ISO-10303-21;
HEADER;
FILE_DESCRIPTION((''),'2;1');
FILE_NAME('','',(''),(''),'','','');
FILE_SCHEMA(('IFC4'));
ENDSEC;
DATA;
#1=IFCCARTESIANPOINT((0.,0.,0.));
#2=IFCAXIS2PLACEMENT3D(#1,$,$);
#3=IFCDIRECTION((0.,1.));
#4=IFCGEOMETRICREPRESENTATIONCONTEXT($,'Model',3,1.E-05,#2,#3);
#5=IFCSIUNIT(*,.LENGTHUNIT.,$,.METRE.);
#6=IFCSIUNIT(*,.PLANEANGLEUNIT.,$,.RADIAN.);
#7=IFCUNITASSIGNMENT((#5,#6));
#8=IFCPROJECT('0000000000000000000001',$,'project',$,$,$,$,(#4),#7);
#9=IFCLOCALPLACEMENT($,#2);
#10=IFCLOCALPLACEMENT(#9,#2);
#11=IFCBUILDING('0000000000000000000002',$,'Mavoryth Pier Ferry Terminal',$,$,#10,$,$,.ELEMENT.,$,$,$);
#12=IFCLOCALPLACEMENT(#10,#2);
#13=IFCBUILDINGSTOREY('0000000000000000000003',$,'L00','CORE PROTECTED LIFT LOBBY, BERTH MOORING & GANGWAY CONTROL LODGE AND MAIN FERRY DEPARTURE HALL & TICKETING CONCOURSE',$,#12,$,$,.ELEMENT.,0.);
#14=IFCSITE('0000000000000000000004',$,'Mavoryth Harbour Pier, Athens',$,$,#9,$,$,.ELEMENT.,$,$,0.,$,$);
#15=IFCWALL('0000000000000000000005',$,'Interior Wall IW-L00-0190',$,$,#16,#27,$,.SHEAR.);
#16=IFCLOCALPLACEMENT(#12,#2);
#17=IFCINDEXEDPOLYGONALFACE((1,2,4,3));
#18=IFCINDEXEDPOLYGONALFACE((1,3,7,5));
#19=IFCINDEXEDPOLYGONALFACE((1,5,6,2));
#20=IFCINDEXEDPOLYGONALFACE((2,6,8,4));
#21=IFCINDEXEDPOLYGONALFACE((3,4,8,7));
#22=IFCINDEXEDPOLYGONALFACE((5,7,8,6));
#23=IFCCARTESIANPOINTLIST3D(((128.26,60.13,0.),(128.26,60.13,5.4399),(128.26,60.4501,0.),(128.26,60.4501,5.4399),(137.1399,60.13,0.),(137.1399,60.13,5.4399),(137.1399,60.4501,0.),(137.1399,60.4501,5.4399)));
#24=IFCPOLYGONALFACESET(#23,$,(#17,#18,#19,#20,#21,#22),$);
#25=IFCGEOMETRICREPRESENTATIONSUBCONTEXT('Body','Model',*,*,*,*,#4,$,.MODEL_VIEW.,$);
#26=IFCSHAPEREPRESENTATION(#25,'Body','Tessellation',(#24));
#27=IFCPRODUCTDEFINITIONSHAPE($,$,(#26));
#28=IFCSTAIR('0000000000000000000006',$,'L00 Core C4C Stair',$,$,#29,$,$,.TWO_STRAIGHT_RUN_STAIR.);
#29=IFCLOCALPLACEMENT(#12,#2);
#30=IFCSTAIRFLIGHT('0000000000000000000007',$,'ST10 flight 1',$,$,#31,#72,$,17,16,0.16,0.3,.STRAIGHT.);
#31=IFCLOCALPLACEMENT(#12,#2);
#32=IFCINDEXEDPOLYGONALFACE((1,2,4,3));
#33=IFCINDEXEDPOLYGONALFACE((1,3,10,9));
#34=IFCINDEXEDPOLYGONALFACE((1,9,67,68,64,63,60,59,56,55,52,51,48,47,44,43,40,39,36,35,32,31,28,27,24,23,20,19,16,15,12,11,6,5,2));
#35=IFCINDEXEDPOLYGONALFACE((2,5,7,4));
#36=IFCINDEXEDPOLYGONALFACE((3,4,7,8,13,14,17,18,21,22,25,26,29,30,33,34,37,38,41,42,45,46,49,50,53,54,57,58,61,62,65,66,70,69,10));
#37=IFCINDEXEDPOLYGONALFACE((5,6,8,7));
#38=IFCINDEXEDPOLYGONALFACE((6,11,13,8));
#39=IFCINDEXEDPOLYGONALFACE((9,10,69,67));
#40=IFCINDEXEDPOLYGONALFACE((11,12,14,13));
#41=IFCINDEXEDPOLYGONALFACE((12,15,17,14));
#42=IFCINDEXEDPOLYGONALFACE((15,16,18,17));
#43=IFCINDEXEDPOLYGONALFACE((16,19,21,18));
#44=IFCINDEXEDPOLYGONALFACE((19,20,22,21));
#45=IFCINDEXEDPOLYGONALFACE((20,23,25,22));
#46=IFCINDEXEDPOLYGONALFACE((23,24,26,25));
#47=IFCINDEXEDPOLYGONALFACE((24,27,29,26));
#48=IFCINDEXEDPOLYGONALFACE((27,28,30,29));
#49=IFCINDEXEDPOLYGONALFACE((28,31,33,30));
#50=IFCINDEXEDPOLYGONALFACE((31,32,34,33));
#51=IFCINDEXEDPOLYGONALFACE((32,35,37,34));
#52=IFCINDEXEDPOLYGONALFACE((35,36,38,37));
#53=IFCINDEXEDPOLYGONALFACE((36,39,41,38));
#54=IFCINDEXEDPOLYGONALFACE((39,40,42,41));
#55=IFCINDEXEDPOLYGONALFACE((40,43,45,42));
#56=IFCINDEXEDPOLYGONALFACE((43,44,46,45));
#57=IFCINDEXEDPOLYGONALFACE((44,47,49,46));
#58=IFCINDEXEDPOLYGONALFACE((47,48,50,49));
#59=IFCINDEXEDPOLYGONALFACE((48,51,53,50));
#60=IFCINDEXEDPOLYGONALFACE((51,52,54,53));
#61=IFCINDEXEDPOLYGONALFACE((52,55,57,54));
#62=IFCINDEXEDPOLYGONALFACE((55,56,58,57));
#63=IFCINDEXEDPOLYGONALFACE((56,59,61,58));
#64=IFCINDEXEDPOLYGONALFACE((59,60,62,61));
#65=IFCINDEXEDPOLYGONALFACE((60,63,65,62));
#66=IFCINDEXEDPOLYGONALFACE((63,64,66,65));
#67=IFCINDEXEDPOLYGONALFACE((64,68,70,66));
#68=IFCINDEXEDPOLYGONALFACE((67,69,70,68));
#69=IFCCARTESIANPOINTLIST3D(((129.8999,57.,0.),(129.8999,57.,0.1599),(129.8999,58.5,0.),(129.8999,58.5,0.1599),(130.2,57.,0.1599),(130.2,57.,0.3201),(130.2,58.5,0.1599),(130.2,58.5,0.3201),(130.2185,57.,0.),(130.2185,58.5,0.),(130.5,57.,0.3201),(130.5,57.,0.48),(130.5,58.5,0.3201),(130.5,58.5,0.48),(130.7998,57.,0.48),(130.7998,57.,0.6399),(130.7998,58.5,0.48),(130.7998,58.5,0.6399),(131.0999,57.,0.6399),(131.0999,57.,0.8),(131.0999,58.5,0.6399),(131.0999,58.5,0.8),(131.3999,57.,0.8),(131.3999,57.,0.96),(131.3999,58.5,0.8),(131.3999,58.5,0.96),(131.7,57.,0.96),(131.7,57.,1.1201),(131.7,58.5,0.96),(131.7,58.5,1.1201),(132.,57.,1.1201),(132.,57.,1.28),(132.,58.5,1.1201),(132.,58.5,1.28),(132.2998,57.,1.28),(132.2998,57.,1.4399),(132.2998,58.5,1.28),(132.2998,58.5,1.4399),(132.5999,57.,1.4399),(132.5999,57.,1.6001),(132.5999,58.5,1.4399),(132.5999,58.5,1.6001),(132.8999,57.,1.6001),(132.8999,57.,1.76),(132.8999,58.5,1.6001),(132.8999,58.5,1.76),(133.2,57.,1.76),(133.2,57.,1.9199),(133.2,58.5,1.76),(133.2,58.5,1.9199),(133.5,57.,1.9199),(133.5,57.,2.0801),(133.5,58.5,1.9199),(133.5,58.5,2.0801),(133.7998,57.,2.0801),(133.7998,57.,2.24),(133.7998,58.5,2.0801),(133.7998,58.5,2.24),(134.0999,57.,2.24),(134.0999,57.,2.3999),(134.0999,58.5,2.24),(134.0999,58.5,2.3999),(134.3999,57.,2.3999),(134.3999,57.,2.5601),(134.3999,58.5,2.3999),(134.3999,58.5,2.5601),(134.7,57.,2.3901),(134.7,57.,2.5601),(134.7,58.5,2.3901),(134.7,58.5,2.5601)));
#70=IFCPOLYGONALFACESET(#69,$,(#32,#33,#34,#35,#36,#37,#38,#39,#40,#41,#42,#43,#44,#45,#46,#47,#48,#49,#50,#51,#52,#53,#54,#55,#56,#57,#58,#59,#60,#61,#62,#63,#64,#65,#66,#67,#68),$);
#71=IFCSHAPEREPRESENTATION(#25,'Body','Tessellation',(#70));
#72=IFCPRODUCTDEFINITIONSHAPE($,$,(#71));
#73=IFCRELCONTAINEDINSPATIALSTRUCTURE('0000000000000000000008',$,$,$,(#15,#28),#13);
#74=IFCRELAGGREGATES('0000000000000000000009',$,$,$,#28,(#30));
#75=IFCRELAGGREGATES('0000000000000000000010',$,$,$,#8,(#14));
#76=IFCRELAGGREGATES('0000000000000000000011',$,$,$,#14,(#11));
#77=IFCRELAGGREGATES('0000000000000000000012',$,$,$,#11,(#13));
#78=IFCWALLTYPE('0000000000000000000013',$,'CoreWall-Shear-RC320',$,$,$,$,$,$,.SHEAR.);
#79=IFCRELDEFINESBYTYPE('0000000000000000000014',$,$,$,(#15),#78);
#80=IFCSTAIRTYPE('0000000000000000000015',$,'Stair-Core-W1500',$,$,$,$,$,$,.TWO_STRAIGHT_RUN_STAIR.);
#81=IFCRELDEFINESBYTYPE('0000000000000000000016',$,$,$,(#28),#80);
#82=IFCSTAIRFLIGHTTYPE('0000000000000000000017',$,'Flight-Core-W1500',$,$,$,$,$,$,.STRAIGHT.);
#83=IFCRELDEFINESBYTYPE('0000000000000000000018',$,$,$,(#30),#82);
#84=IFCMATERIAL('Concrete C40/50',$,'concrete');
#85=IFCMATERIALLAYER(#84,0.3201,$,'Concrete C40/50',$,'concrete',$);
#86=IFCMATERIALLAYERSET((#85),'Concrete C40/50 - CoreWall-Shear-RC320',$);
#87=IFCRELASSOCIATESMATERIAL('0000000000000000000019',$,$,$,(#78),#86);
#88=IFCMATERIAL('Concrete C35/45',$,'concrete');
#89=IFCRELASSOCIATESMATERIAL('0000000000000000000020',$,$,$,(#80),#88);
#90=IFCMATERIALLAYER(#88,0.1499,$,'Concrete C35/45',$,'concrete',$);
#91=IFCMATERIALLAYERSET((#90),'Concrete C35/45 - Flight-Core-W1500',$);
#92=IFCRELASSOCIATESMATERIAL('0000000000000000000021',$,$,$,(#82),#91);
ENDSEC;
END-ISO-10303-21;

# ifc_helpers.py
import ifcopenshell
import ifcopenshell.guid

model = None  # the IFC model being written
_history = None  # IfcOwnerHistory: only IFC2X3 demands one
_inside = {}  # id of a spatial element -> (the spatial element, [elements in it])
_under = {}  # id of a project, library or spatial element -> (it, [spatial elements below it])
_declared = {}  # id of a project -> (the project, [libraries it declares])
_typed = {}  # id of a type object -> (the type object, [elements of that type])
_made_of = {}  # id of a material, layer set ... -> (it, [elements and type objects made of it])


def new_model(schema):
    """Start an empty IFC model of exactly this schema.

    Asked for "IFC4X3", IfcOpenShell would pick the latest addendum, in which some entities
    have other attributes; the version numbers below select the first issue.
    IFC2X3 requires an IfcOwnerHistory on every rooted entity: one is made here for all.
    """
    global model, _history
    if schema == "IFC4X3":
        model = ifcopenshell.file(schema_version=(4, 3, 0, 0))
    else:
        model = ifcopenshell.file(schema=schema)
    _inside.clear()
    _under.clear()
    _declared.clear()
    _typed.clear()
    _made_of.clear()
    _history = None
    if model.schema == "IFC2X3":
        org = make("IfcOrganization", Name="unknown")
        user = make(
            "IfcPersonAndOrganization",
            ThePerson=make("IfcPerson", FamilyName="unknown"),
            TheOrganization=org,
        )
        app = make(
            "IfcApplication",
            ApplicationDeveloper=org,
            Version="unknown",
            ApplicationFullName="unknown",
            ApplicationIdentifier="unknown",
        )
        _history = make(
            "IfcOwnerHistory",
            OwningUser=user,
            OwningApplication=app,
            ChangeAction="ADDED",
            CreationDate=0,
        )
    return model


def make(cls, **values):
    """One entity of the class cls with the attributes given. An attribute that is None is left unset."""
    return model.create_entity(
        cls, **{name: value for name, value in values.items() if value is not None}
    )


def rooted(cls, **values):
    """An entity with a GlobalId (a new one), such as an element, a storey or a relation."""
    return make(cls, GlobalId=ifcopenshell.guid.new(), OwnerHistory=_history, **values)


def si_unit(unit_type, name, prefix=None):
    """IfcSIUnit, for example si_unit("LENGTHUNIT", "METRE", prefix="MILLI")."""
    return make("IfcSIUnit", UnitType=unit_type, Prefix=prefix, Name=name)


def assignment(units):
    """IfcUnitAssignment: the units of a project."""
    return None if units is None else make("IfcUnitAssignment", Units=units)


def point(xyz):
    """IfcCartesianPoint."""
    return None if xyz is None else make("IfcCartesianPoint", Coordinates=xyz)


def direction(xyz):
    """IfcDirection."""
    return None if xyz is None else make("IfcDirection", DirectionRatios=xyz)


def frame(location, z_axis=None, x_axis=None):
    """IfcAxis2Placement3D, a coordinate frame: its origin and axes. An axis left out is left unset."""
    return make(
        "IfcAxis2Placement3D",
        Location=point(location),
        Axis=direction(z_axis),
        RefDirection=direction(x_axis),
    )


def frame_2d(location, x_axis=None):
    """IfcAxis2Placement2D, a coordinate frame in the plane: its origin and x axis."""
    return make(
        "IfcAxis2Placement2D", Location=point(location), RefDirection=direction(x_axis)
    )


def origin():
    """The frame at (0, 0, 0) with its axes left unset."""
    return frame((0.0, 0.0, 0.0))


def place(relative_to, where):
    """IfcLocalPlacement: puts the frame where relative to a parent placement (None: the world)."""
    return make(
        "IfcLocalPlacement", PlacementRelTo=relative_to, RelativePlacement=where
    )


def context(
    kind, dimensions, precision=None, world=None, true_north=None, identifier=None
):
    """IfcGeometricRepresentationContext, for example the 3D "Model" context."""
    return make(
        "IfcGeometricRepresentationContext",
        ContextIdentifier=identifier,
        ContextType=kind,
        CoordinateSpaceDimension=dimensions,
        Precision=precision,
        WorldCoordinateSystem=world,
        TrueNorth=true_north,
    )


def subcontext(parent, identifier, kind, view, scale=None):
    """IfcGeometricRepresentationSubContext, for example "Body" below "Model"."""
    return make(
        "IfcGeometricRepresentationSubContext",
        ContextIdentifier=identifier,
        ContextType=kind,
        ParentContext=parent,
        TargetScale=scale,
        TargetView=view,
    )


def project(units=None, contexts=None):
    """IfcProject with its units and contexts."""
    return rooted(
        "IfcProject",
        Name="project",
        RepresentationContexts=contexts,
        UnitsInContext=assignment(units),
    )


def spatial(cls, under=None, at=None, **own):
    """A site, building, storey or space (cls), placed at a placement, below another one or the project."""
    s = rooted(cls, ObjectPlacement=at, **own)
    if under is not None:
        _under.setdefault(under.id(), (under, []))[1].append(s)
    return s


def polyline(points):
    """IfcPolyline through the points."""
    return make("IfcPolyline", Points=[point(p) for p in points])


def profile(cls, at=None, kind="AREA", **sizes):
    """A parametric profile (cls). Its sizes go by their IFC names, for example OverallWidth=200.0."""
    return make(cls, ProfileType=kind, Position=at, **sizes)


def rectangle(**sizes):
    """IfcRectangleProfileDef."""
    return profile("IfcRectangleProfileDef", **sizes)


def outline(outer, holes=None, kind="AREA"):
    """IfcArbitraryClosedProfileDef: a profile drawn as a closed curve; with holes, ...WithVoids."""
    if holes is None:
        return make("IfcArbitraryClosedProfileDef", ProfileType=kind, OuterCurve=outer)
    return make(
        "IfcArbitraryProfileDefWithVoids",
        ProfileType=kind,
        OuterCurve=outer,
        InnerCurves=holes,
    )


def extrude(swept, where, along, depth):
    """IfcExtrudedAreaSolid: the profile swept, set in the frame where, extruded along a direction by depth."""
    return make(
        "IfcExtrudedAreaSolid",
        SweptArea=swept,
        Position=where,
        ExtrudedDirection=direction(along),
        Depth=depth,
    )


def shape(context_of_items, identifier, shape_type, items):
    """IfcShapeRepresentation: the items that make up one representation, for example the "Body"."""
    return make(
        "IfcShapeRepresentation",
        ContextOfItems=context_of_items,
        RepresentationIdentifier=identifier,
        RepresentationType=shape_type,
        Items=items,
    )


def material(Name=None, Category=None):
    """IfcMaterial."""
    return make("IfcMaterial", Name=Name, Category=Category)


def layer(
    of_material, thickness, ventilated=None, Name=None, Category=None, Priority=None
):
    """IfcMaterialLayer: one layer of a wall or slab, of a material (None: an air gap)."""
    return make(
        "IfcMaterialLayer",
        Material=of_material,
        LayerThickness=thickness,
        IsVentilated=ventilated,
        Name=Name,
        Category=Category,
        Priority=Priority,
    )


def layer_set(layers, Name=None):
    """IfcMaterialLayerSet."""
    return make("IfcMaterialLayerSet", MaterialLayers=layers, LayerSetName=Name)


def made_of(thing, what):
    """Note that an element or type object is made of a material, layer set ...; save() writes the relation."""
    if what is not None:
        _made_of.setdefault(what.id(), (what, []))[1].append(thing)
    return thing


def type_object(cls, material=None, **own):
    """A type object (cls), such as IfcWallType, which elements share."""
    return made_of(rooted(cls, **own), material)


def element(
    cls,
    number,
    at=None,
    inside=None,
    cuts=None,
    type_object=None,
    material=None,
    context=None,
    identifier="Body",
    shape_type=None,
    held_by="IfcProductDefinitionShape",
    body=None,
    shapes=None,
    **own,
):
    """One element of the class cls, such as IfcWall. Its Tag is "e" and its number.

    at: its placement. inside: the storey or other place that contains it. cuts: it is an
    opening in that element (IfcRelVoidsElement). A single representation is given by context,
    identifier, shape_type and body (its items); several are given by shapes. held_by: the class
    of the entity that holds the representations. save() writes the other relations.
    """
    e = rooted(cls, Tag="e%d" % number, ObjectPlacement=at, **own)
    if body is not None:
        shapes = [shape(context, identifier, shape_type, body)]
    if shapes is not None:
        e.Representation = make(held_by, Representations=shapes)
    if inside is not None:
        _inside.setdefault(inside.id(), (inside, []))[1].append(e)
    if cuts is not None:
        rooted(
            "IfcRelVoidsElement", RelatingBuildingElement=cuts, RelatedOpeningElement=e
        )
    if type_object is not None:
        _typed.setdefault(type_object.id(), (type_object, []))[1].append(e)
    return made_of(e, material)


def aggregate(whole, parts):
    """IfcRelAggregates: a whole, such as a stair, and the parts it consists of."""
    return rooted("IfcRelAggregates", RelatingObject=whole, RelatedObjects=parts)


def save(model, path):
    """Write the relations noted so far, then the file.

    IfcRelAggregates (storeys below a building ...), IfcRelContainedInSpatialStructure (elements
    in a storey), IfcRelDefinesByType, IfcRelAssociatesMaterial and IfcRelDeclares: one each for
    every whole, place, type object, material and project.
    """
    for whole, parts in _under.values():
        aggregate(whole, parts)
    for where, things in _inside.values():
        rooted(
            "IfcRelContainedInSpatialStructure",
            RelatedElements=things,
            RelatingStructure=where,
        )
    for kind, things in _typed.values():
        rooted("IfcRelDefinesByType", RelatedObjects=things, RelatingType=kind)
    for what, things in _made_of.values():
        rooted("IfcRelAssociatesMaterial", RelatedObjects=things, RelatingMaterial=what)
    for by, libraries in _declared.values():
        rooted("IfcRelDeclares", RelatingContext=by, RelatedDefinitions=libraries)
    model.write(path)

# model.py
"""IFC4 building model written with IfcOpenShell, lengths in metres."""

from ifc_helpers import new_model, si_unit, direction, frame, frame_2d, origin, place, context, subcontext, project, spatial, polyline, rectangle, outline, extrude, material, layer, layer_set, type_object, element, aggregate, save


model = new_model("IFC4")

# Units and contexts
model_context = context("Model", 3, precision=1e-05, world=origin(), true_north=direction((0.0, 1.0)))
body_context = subcontext(model_context, "Body", "Model", "MODEL_VIEW")
ifc_project = project(units=[si_unit("LENGTHUNIT", "METRE"), si_unit("PLANEANGLEUNIT", "RADIAN")], contexts=[model_context])

# Site, building, storey
site_placement = place(None, origin())
site = spatial("IfcSite", under=ifc_project, at=site_placement, Name="Mavoryth Harbour Pier, Athens", CompositionType="ELEMENT", RefElevation=0.0)
building_placement = place(site_placement, origin())
building = spatial("IfcBuilding", under=site, at=building_placement, Name="Mavoryth Pier Ferry Terminal", CompositionType="ELEMENT")
storey_placement = place(building_placement, origin())
storey = spatial("IfcBuildingStorey", under=building, at=storey_placement, Name="L00", Description="CORE PROTECTED LIFT LOBBY, BERTH MOORING & GANGWAY CONTROL LODGE AND MAIN FERRY DEPARTURE HALL & TICKETING CONCOURSE", CompositionType="ELEMENT", Elevation=0.0)

# Shared definitions
ifc_material_1 = material(Name="Concrete C35/45", Category="concrete")

# Shared definitions
ifc_material_2 = material(Name="Concrete C40/50", Category="concrete")

# Wall
ifc_layer_1 = layer(ifc_material_2, 0.3201, Name="Concrete C40/50", Category="concrete")
ifc_layer_set_1 = layer_set([ifc_layer_1], Name="Concrete C40/50 - CoreWall-Shear-RC320")
wall_type = type_object("IfcWallType", Name="CoreWall-Shear-RC320", PredefinedType="SHEAR", material=ifc_layer_set_1)
for number, where, z_axis, x_axis, name in (
    (1, (128.26, 60.29, 0.0), (0.0, 0.0, 1.0), (1.0, 0.0, 0.0), "Interior Wall IW-L00-0190"),
):
    element("IfcWall", number, at=place(storey_placement, frame(where, z_axis=z_axis, x_axis=x_axis)), inside=storey, type_object=wall_type, Name=name, PredefinedType="SHEAR", context=body_context, shape_type="SweptSolid", body=[
        extrude(rectangle(XDim=8.8799, YDim=0.3201, at=frame_2d((4.4399, 0.0))), origin(), (0.0, 0.0, 1.0), 5.4399),
    ])

# Stair, stair flight
stair_type = type_object("IfcStairType", Name="Stair-Core-W1500", PredefinedType="TWO_STRAIGHT_RUN_STAIR", material=ifc_material_1)
stair_placement = place(storey_placement, origin())
stair = element("IfcStair", 2, at=stair_placement, inside=storey, type_object=stair_type, Name="L00 Core C4C Stair", PredefinedType="TWO_STRAIGHT_RUN_STAIR")
ifc_layer_2 = layer(ifc_material_1, 0.1499, Name="Concrete C35/45", Category="concrete")
ifc_layer_set_2 = layer_set([ifc_layer_2], Name="Concrete C35/45 - Flight-Core-W1500")
stair_flight_type = type_object("IfcStairFlightType", Name="Flight-Core-W1500", PredefinedType="STRAIGHT", material=ifc_layer_set_2)
stair_flight_placement = place(storey_placement, frame((129.8999, 57.75, 0.0), z_axis=(0.0, 0.0, 1.0), x_axis=(1.0, 0.0, 0.0)))
stair_flight = element("IfcStairFlight", 3, at=stair_flight_placement, type_object=stair_flight_type, Name="ST10 flight 1", NumberOfRisers=17, NumberOfTreads=16, PredefinedType="STRAIGHT", RiserHeight=0.16, TreadLength=0.3, context=body_context, shape_type="SweptSolid", body=[
    extrude(outline(polyline([(0.0, 0.0), (0.0, 0.1599), (0.3, 0.1599), (0.3, 0.3201), (0.6001, 0.3201), (0.6001, 0.48), (0.8999, 0.48), (0.8999, 0.6399), (1.2, 0.6399), (1.2, 0.8), (1.5, 0.8), (1.5, 0.96), (1.8, 0.96), (1.8, 1.1201), (2.1001, 1.1201), (2.1001, 1.28), (2.3999, 1.28), (2.3999, 1.4399), (2.7, 1.4399), (2.7, 1.6001), (3.0, 1.6001), (3.0, 1.76), (3.3, 1.76), (3.3, 1.9199), (3.6001, 1.9199), (3.6001, 2.0801), (3.8999, 2.0801), (3.8999, 2.24), (4.2, 2.24), (4.2, 2.3999), (4.5, 2.3999), (4.5, 2.5601), (4.8, 2.5601), (4.8, 2.72), (4.8, 2.3901), (0.3186, 0.0), (0.0, 0.0)])), frame((0.0, 0.75, 0.0), z_axis=(0.0, -1.0, 0.0), x_axis=(1.0, 0.0, 0.0)), (0.0, 0.0, 1.0), 1.5),
])
aggregate(stair, [stair_flight])

save(model, "model.ifc")
